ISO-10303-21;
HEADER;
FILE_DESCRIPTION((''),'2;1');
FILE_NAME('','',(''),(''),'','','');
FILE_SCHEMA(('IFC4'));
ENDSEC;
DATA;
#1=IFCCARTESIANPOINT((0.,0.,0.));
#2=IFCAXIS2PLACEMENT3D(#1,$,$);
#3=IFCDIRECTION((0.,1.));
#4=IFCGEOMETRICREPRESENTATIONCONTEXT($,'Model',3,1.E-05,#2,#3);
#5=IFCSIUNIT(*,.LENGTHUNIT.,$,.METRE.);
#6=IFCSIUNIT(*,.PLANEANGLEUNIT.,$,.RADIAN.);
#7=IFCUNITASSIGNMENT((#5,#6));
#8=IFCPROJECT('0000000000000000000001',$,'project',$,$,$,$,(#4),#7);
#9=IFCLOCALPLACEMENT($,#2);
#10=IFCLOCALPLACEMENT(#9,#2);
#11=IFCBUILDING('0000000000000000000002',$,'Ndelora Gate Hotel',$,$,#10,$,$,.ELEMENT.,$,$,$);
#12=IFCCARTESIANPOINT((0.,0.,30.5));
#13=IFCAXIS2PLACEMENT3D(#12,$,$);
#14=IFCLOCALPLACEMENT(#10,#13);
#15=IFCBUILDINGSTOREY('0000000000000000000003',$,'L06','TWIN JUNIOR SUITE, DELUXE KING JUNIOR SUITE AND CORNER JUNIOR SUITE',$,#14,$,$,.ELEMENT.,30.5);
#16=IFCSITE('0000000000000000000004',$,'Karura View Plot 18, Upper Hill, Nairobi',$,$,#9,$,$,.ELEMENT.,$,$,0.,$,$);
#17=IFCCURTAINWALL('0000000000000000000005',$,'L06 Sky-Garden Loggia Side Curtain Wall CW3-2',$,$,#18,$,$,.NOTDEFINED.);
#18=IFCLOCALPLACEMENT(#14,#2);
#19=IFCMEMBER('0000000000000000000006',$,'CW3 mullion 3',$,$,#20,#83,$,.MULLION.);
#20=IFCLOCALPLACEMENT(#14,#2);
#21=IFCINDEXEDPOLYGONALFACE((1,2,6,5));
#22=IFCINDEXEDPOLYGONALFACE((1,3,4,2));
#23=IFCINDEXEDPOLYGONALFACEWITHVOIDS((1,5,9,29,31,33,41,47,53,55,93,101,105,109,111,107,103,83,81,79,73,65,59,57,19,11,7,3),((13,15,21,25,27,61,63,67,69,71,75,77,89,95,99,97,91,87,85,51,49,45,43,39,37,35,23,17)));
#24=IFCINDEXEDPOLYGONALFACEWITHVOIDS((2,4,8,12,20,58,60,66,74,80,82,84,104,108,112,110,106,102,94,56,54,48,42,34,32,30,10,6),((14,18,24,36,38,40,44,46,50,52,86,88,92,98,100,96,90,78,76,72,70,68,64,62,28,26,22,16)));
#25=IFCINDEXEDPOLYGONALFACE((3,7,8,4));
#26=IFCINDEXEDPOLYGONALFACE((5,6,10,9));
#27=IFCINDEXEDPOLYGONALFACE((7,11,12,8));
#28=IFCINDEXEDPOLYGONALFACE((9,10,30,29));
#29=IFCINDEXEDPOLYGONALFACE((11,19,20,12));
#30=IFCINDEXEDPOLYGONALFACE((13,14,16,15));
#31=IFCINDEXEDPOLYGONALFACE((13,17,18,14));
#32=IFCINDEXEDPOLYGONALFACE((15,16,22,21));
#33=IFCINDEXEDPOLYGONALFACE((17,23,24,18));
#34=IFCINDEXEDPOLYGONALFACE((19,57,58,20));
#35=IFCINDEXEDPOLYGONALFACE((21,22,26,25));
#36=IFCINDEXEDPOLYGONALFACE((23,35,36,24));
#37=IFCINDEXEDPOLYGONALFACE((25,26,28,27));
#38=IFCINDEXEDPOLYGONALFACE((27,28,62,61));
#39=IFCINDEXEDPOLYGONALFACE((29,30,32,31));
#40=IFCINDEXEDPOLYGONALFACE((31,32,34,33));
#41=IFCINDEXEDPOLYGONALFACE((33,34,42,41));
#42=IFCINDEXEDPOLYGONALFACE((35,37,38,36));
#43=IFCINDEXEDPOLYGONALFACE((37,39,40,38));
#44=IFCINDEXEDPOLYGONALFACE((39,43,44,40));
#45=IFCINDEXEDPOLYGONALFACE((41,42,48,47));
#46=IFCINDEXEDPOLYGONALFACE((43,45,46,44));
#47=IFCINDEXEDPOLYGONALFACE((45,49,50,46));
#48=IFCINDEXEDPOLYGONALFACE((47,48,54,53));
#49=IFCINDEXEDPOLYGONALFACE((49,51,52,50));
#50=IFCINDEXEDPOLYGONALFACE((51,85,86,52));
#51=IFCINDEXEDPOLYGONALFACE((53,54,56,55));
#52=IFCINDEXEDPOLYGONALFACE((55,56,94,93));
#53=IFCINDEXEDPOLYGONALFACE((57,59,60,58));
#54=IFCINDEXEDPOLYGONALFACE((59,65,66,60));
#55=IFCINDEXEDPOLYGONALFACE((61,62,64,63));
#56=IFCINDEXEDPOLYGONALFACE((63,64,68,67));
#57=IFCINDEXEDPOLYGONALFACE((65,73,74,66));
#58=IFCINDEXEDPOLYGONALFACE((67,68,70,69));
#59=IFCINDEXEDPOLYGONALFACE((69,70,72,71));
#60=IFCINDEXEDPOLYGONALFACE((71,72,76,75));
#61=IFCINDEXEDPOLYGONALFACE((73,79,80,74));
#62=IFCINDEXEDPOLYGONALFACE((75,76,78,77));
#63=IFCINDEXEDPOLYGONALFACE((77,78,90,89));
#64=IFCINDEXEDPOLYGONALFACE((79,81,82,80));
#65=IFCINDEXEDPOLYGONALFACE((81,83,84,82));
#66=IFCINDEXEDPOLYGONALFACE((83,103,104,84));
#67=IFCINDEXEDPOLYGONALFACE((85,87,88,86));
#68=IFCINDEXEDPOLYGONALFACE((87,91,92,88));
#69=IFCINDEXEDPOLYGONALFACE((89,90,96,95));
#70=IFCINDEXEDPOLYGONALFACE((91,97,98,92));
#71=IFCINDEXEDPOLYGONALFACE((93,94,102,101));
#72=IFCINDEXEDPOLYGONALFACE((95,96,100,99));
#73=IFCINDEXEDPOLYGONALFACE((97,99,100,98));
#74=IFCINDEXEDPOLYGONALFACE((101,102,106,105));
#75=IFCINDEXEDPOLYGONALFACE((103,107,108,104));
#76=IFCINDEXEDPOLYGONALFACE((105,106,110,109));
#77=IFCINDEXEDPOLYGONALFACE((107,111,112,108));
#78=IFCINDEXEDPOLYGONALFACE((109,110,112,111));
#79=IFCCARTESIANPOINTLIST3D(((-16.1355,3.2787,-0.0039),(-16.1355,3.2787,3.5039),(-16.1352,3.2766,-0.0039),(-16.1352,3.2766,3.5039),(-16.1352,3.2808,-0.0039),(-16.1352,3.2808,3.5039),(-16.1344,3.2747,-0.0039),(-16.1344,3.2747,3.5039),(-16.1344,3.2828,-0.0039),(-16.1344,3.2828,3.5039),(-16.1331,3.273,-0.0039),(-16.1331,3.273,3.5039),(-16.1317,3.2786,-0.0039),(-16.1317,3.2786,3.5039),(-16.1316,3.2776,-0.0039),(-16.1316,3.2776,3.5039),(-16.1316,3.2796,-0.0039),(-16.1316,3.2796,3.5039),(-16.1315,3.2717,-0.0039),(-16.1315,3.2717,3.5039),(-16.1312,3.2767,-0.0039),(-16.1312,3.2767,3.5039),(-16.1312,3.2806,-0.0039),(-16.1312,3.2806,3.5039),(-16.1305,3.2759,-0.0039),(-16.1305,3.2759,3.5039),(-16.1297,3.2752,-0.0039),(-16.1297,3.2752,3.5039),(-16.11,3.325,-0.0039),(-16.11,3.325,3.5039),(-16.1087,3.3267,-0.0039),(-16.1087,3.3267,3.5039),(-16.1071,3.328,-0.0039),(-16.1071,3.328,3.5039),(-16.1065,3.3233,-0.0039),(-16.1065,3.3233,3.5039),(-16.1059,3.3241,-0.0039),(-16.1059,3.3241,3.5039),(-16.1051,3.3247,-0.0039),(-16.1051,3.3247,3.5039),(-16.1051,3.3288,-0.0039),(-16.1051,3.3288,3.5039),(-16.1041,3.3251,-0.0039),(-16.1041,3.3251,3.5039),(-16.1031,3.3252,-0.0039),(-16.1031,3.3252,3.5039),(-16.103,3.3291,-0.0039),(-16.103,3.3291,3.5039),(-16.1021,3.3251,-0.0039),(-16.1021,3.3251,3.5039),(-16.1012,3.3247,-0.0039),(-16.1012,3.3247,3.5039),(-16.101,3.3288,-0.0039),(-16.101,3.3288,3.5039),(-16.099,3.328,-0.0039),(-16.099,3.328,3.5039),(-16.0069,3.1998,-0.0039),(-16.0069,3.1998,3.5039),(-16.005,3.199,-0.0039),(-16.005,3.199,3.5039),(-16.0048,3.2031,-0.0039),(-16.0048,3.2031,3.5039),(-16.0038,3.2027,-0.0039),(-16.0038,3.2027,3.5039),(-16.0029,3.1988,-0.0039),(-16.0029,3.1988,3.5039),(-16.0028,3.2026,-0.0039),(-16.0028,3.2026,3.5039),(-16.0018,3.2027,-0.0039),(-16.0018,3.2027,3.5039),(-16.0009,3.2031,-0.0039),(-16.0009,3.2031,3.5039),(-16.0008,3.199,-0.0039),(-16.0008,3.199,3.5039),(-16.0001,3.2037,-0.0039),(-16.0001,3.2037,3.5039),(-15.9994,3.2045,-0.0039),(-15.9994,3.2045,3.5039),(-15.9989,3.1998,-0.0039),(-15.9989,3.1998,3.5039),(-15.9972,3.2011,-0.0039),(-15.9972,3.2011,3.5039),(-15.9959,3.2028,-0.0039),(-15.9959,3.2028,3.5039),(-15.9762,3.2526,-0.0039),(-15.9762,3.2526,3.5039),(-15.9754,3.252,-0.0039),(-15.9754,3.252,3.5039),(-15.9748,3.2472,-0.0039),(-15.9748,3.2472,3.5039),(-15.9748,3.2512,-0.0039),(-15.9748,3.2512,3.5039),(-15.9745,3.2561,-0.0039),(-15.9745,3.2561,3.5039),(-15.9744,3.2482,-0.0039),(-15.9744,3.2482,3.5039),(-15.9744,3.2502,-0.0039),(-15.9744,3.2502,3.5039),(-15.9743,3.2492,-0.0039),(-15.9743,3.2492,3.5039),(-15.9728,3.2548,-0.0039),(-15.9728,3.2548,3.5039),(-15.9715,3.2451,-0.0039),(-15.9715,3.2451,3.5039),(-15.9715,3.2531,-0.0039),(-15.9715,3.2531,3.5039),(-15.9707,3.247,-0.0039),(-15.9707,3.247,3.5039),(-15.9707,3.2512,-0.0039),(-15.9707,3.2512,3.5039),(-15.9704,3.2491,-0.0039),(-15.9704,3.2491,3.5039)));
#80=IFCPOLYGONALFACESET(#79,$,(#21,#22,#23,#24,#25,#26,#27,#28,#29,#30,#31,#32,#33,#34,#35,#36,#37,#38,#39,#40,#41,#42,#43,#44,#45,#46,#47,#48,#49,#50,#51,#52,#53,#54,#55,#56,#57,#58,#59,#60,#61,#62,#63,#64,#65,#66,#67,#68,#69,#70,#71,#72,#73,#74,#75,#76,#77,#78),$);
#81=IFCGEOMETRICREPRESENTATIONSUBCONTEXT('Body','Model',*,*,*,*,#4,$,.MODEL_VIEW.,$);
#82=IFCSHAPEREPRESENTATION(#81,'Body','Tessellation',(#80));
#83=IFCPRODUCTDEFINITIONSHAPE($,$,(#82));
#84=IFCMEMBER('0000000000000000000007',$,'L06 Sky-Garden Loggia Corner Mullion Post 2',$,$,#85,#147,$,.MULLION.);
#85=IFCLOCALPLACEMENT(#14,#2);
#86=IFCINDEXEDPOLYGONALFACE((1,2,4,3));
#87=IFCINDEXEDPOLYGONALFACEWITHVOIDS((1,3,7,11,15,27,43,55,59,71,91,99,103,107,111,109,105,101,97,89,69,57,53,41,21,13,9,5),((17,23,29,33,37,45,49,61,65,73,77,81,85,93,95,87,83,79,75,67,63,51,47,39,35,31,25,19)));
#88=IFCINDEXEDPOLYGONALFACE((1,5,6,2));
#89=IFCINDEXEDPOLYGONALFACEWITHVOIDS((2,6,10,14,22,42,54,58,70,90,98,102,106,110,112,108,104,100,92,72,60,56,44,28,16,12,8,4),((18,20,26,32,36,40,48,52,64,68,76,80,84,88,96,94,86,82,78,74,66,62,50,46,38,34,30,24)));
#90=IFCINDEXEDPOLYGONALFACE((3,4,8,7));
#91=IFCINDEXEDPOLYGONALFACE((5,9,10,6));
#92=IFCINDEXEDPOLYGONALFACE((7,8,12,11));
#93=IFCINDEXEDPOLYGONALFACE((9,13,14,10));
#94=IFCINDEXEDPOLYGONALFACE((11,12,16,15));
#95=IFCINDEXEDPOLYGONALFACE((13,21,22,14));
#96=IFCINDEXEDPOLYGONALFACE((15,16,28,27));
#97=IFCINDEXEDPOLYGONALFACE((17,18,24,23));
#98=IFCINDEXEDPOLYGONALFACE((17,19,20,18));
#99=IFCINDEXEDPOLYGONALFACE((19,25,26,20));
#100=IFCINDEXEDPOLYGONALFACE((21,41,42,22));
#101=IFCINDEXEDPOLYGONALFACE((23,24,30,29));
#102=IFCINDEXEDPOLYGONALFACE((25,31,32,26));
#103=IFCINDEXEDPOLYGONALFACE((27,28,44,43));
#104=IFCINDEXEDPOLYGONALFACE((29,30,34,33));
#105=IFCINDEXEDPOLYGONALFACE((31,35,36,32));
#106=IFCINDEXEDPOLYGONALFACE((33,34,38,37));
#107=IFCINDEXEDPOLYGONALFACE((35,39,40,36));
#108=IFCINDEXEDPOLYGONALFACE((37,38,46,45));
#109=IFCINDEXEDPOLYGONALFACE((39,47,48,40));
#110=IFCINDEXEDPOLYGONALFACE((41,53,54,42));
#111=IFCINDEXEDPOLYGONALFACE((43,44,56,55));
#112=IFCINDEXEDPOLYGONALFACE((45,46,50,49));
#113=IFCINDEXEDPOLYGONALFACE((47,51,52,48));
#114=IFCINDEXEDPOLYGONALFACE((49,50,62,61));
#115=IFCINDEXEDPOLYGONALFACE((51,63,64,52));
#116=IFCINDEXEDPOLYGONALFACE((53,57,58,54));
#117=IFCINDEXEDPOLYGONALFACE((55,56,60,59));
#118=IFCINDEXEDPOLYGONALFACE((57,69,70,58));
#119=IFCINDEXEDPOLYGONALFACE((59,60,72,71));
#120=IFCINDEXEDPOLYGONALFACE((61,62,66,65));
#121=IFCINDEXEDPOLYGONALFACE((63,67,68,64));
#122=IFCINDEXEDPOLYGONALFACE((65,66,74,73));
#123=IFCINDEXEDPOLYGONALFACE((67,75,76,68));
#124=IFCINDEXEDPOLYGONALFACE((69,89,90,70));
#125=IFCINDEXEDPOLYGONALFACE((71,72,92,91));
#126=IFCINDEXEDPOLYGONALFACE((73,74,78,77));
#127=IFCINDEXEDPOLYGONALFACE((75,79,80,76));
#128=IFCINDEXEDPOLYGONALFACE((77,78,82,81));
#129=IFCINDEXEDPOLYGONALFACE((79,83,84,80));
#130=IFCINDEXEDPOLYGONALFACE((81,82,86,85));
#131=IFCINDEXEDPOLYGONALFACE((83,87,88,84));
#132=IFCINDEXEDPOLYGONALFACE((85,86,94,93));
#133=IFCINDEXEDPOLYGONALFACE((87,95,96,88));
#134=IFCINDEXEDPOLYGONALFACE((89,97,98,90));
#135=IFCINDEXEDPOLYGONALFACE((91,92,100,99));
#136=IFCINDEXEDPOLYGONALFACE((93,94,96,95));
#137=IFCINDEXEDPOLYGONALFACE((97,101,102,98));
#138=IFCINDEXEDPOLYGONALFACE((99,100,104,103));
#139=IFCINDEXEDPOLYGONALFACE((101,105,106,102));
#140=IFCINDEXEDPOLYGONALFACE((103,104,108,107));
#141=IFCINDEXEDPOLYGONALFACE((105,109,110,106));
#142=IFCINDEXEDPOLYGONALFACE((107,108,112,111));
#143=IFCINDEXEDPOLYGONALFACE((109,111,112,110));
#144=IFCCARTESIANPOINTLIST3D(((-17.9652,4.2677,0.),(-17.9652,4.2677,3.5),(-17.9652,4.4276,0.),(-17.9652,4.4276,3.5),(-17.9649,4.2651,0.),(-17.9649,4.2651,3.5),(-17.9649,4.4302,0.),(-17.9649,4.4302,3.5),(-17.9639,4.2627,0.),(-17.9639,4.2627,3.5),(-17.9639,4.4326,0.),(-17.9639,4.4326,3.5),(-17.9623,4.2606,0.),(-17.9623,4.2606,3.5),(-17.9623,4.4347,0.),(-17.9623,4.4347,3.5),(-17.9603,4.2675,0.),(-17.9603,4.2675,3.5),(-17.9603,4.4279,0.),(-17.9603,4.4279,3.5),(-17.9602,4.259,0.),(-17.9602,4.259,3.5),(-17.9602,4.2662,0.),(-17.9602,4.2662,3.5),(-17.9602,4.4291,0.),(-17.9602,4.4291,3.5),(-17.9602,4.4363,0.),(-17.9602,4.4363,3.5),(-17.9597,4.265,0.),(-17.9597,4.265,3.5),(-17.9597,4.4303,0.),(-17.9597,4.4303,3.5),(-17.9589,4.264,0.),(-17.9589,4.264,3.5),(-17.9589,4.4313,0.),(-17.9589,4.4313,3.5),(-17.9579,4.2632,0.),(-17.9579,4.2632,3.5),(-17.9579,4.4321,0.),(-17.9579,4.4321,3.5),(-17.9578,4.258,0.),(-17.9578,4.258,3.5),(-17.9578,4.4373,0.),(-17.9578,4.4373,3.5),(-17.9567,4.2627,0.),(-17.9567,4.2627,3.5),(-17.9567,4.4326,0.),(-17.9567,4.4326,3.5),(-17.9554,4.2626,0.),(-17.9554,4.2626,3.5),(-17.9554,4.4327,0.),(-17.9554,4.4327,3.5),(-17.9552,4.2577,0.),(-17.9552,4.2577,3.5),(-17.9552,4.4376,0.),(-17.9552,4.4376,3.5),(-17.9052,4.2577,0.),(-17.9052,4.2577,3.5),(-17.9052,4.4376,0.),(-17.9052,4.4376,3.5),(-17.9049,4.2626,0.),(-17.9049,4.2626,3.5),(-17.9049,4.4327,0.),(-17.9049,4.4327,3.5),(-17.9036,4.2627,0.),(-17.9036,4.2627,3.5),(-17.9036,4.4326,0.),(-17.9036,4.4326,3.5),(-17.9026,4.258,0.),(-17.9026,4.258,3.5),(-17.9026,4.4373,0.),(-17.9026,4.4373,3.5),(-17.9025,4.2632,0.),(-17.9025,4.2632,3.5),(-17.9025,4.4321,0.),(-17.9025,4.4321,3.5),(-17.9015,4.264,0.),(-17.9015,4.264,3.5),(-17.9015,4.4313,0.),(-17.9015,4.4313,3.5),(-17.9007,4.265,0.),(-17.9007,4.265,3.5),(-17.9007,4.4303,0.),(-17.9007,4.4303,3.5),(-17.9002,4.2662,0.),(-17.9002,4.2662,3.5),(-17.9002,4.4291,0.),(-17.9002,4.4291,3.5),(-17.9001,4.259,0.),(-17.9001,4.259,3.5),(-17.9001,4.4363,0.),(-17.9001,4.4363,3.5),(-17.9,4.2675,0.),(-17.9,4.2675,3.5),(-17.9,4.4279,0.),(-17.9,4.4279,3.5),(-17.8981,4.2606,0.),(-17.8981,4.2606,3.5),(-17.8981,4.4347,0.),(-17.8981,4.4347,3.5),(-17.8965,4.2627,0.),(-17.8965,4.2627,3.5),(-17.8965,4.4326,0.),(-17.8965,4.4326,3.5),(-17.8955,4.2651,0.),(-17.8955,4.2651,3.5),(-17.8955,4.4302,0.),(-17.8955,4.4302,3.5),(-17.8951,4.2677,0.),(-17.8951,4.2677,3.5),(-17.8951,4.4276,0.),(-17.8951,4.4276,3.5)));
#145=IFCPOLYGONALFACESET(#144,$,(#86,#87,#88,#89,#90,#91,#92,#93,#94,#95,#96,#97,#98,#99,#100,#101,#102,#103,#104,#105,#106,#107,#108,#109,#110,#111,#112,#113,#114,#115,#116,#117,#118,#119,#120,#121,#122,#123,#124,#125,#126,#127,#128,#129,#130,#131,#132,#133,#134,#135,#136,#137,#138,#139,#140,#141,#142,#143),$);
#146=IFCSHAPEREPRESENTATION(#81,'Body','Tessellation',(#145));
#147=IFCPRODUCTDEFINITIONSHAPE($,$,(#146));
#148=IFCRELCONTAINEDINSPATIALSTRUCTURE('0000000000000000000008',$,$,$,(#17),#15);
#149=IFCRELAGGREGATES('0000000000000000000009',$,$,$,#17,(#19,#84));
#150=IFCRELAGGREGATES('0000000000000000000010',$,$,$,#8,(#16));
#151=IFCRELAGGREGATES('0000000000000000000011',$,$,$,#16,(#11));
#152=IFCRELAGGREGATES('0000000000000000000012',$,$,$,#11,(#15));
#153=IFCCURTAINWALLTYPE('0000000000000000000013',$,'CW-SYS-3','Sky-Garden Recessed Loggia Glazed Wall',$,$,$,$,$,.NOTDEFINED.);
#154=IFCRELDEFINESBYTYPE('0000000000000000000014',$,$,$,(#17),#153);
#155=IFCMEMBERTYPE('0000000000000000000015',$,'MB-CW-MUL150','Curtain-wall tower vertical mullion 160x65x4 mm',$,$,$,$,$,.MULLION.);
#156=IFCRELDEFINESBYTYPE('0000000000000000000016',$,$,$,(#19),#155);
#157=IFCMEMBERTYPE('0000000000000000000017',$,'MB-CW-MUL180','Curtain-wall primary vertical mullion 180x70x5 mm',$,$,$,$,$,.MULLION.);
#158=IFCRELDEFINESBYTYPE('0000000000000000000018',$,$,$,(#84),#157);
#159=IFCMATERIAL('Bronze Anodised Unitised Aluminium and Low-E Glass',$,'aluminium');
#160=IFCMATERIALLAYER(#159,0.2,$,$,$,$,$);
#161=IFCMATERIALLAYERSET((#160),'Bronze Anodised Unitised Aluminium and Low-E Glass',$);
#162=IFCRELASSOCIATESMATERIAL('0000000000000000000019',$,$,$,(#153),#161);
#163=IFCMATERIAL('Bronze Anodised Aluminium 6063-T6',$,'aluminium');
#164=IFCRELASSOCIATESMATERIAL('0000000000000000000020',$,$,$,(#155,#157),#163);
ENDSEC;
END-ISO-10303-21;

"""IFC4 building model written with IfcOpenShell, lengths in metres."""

from ifc_helpers import new_model, si_unit, direction, frame, origin, origin_2d, place, context, subcontext, project, spatial, hollow_rectangle, extrude, material, layer, layer_set, material_profile, profile_set, type_object, element, aggregate, save


model = new_model("IFC4")

# Units and contexts
model_context = context("Model", 3, precision=1e-05, world=origin(), true_north=direction((0.0, 1.0)))
body_context = subcontext(model_context, "Body", "Model", "MODEL_VIEW")
ifc_project = project(units=[si_unit("LENGTHUNIT", "METRE"), si_unit("PLANEANGLEUNIT", "RADIAN")], contexts=[model_context])

# Site, building, storey
site_placement = place(None, origin())
site = spatial("IfcSite", under=ifc_project, at=site_placement, Name="Karura View Plot 18, Upper Hill, Nairobi", CompositionType="ELEMENT", RefElevation=0.0)
building_placement = place(site_placement, origin())
building = spatial("IfcBuilding", under=site, at=building_placement, Name="Ndelora Gate Hotel", CompositionType="ELEMENT")
storey_placement = place(building_placement, frame((0.0, 0.0, 30.5)))
storey = spatial("IfcBuildingStorey", under=building, at=storey_placement, Name="L06", Description="TWIN JUNIOR SUITE, DELUXE KING JUNIOR SUITE AND CORNER JUNIOR SUITE", CompositionType="ELEMENT", Elevation=30.5)

# Curtain wall, members
ifc_material_1 = material(Name="Bronze Anodised Unitised Aluminium and Low-E Glass", Category="aluminium")
ifc_layer_1 = layer(ifc_material_1, 0.2)
ifc_layer_set_1 = layer_set([ifc_layer_1], Name="Bronze Anodised Unitised Aluminium and Low-E Glass")
curtain_wall_type = type_object("IfcCurtainWallType", Name="CW-SYS-3", Description="Sky-Garden Recessed Loggia Glazed Wall", PredefinedType="NOTDEFINED", material=ifc_layer_set_1)
curtain_wall_placement = place(storey_placement, origin())
curtain_wall = element("IfcCurtainWall", 1, at=curtain_wall_placement, inside=storey, type_object=curtain_wall_type, Name="L06 Sky-Garden Loggia Side Curtain Wall CW3-2", PredefinedType="NOTDEFINED")
ifc_material_2 = material(Name="Bronze Anodised Aluminium 6063-T6", Category="aluminium")
ifc_material_profile_1 = material_profile(ifc_material_2, hollow_rectangle(XDim=0.0649, YDim=0.1599, WallThickness=0.0039, InnerFilletRadius=0.0039, OuterFilletRadius=0.0081, at=origin_2d()), Name="ALU 160x65x4")
ifc_profile_set_1 = profile_set([ifc_material_profile_1], Name="Bronze Anodised Aluminium 6063-T6")
member_type_1 = type_object("IfcMemberType", Name="MB-CW-MUL150", Description="Curtain-wall tower vertical mullion 160x65x4 mm", PredefinedType="MULLION", material=ifc_profile_set_1)
member_1_placement = place(storey_placement, frame((-16.053, 3.2639, -0.0039), z_axis=(0.0, 0.0, 1.0), x_axis=(0.499991, 0.86603, 0.0)))
member_1 = element("IfcMember", 2, at=member_1_placement, type_object=member_type_1, Name="CW3 mullion 3", PredefinedType="MULLION", context=body_context, shape_type="SweptSolid", body=[
    extrude(hollow_rectangle(XDim=0.0649, YDim=0.1599, WallThickness=0.0039, InnerFilletRadius=0.0039, OuterFilletRadius=0.0081, at=origin_2d()), origin(), (0.0, 0.0, 1.0), 3.5078),
])
ifc_material_profile_2 = material_profile(ifc_material_2, hollow_rectangle(XDim=0.0701, YDim=0.1799, WallThickness=0.0049, InnerFilletRadius=0.0049, OuterFilletRadius=0.01, at=origin_2d()), Name="ALU 180x70x5")
ifc_profile_set_2 = profile_set([ifc_material_profile_2], Name="Bronze Anodised Aluminium 6063-T6")
member_type_2 = type_object("IfcMemberType", Name="MB-CW-MUL180", Description="Curtain-wall primary vertical mullion 180x70x5 mm", PredefinedType="MULLION", material=ifc_profile_set_2)
member_2_placement = place(storey_placement, frame((-17.9302, 4.3477, 0.0), z_axis=(0.0, 0.0, 1.0), x_axis=(1.0, 0.0, 0.0)))
member_2 = element("IfcMember", 3, at=member_2_placement, type_object=member_type_2, Name="L06 Sky-Garden Loggia Corner Mullion Post 2", PredefinedType="MULLION", context=body_context, shape_type="SweptSolid", body=[
    extrude(hollow_rectangle(XDim=0.0701, YDim=0.1799, WallThickness=0.0049, InnerFilletRadius=0.0049, OuterFilletRadius=0.01, at=origin_2d()), origin(), (0.0, 0.0, 1.0), 3.5),
])
aggregate(curtain_wall, [member_1, member_2])

save(model, "model.ifc")
